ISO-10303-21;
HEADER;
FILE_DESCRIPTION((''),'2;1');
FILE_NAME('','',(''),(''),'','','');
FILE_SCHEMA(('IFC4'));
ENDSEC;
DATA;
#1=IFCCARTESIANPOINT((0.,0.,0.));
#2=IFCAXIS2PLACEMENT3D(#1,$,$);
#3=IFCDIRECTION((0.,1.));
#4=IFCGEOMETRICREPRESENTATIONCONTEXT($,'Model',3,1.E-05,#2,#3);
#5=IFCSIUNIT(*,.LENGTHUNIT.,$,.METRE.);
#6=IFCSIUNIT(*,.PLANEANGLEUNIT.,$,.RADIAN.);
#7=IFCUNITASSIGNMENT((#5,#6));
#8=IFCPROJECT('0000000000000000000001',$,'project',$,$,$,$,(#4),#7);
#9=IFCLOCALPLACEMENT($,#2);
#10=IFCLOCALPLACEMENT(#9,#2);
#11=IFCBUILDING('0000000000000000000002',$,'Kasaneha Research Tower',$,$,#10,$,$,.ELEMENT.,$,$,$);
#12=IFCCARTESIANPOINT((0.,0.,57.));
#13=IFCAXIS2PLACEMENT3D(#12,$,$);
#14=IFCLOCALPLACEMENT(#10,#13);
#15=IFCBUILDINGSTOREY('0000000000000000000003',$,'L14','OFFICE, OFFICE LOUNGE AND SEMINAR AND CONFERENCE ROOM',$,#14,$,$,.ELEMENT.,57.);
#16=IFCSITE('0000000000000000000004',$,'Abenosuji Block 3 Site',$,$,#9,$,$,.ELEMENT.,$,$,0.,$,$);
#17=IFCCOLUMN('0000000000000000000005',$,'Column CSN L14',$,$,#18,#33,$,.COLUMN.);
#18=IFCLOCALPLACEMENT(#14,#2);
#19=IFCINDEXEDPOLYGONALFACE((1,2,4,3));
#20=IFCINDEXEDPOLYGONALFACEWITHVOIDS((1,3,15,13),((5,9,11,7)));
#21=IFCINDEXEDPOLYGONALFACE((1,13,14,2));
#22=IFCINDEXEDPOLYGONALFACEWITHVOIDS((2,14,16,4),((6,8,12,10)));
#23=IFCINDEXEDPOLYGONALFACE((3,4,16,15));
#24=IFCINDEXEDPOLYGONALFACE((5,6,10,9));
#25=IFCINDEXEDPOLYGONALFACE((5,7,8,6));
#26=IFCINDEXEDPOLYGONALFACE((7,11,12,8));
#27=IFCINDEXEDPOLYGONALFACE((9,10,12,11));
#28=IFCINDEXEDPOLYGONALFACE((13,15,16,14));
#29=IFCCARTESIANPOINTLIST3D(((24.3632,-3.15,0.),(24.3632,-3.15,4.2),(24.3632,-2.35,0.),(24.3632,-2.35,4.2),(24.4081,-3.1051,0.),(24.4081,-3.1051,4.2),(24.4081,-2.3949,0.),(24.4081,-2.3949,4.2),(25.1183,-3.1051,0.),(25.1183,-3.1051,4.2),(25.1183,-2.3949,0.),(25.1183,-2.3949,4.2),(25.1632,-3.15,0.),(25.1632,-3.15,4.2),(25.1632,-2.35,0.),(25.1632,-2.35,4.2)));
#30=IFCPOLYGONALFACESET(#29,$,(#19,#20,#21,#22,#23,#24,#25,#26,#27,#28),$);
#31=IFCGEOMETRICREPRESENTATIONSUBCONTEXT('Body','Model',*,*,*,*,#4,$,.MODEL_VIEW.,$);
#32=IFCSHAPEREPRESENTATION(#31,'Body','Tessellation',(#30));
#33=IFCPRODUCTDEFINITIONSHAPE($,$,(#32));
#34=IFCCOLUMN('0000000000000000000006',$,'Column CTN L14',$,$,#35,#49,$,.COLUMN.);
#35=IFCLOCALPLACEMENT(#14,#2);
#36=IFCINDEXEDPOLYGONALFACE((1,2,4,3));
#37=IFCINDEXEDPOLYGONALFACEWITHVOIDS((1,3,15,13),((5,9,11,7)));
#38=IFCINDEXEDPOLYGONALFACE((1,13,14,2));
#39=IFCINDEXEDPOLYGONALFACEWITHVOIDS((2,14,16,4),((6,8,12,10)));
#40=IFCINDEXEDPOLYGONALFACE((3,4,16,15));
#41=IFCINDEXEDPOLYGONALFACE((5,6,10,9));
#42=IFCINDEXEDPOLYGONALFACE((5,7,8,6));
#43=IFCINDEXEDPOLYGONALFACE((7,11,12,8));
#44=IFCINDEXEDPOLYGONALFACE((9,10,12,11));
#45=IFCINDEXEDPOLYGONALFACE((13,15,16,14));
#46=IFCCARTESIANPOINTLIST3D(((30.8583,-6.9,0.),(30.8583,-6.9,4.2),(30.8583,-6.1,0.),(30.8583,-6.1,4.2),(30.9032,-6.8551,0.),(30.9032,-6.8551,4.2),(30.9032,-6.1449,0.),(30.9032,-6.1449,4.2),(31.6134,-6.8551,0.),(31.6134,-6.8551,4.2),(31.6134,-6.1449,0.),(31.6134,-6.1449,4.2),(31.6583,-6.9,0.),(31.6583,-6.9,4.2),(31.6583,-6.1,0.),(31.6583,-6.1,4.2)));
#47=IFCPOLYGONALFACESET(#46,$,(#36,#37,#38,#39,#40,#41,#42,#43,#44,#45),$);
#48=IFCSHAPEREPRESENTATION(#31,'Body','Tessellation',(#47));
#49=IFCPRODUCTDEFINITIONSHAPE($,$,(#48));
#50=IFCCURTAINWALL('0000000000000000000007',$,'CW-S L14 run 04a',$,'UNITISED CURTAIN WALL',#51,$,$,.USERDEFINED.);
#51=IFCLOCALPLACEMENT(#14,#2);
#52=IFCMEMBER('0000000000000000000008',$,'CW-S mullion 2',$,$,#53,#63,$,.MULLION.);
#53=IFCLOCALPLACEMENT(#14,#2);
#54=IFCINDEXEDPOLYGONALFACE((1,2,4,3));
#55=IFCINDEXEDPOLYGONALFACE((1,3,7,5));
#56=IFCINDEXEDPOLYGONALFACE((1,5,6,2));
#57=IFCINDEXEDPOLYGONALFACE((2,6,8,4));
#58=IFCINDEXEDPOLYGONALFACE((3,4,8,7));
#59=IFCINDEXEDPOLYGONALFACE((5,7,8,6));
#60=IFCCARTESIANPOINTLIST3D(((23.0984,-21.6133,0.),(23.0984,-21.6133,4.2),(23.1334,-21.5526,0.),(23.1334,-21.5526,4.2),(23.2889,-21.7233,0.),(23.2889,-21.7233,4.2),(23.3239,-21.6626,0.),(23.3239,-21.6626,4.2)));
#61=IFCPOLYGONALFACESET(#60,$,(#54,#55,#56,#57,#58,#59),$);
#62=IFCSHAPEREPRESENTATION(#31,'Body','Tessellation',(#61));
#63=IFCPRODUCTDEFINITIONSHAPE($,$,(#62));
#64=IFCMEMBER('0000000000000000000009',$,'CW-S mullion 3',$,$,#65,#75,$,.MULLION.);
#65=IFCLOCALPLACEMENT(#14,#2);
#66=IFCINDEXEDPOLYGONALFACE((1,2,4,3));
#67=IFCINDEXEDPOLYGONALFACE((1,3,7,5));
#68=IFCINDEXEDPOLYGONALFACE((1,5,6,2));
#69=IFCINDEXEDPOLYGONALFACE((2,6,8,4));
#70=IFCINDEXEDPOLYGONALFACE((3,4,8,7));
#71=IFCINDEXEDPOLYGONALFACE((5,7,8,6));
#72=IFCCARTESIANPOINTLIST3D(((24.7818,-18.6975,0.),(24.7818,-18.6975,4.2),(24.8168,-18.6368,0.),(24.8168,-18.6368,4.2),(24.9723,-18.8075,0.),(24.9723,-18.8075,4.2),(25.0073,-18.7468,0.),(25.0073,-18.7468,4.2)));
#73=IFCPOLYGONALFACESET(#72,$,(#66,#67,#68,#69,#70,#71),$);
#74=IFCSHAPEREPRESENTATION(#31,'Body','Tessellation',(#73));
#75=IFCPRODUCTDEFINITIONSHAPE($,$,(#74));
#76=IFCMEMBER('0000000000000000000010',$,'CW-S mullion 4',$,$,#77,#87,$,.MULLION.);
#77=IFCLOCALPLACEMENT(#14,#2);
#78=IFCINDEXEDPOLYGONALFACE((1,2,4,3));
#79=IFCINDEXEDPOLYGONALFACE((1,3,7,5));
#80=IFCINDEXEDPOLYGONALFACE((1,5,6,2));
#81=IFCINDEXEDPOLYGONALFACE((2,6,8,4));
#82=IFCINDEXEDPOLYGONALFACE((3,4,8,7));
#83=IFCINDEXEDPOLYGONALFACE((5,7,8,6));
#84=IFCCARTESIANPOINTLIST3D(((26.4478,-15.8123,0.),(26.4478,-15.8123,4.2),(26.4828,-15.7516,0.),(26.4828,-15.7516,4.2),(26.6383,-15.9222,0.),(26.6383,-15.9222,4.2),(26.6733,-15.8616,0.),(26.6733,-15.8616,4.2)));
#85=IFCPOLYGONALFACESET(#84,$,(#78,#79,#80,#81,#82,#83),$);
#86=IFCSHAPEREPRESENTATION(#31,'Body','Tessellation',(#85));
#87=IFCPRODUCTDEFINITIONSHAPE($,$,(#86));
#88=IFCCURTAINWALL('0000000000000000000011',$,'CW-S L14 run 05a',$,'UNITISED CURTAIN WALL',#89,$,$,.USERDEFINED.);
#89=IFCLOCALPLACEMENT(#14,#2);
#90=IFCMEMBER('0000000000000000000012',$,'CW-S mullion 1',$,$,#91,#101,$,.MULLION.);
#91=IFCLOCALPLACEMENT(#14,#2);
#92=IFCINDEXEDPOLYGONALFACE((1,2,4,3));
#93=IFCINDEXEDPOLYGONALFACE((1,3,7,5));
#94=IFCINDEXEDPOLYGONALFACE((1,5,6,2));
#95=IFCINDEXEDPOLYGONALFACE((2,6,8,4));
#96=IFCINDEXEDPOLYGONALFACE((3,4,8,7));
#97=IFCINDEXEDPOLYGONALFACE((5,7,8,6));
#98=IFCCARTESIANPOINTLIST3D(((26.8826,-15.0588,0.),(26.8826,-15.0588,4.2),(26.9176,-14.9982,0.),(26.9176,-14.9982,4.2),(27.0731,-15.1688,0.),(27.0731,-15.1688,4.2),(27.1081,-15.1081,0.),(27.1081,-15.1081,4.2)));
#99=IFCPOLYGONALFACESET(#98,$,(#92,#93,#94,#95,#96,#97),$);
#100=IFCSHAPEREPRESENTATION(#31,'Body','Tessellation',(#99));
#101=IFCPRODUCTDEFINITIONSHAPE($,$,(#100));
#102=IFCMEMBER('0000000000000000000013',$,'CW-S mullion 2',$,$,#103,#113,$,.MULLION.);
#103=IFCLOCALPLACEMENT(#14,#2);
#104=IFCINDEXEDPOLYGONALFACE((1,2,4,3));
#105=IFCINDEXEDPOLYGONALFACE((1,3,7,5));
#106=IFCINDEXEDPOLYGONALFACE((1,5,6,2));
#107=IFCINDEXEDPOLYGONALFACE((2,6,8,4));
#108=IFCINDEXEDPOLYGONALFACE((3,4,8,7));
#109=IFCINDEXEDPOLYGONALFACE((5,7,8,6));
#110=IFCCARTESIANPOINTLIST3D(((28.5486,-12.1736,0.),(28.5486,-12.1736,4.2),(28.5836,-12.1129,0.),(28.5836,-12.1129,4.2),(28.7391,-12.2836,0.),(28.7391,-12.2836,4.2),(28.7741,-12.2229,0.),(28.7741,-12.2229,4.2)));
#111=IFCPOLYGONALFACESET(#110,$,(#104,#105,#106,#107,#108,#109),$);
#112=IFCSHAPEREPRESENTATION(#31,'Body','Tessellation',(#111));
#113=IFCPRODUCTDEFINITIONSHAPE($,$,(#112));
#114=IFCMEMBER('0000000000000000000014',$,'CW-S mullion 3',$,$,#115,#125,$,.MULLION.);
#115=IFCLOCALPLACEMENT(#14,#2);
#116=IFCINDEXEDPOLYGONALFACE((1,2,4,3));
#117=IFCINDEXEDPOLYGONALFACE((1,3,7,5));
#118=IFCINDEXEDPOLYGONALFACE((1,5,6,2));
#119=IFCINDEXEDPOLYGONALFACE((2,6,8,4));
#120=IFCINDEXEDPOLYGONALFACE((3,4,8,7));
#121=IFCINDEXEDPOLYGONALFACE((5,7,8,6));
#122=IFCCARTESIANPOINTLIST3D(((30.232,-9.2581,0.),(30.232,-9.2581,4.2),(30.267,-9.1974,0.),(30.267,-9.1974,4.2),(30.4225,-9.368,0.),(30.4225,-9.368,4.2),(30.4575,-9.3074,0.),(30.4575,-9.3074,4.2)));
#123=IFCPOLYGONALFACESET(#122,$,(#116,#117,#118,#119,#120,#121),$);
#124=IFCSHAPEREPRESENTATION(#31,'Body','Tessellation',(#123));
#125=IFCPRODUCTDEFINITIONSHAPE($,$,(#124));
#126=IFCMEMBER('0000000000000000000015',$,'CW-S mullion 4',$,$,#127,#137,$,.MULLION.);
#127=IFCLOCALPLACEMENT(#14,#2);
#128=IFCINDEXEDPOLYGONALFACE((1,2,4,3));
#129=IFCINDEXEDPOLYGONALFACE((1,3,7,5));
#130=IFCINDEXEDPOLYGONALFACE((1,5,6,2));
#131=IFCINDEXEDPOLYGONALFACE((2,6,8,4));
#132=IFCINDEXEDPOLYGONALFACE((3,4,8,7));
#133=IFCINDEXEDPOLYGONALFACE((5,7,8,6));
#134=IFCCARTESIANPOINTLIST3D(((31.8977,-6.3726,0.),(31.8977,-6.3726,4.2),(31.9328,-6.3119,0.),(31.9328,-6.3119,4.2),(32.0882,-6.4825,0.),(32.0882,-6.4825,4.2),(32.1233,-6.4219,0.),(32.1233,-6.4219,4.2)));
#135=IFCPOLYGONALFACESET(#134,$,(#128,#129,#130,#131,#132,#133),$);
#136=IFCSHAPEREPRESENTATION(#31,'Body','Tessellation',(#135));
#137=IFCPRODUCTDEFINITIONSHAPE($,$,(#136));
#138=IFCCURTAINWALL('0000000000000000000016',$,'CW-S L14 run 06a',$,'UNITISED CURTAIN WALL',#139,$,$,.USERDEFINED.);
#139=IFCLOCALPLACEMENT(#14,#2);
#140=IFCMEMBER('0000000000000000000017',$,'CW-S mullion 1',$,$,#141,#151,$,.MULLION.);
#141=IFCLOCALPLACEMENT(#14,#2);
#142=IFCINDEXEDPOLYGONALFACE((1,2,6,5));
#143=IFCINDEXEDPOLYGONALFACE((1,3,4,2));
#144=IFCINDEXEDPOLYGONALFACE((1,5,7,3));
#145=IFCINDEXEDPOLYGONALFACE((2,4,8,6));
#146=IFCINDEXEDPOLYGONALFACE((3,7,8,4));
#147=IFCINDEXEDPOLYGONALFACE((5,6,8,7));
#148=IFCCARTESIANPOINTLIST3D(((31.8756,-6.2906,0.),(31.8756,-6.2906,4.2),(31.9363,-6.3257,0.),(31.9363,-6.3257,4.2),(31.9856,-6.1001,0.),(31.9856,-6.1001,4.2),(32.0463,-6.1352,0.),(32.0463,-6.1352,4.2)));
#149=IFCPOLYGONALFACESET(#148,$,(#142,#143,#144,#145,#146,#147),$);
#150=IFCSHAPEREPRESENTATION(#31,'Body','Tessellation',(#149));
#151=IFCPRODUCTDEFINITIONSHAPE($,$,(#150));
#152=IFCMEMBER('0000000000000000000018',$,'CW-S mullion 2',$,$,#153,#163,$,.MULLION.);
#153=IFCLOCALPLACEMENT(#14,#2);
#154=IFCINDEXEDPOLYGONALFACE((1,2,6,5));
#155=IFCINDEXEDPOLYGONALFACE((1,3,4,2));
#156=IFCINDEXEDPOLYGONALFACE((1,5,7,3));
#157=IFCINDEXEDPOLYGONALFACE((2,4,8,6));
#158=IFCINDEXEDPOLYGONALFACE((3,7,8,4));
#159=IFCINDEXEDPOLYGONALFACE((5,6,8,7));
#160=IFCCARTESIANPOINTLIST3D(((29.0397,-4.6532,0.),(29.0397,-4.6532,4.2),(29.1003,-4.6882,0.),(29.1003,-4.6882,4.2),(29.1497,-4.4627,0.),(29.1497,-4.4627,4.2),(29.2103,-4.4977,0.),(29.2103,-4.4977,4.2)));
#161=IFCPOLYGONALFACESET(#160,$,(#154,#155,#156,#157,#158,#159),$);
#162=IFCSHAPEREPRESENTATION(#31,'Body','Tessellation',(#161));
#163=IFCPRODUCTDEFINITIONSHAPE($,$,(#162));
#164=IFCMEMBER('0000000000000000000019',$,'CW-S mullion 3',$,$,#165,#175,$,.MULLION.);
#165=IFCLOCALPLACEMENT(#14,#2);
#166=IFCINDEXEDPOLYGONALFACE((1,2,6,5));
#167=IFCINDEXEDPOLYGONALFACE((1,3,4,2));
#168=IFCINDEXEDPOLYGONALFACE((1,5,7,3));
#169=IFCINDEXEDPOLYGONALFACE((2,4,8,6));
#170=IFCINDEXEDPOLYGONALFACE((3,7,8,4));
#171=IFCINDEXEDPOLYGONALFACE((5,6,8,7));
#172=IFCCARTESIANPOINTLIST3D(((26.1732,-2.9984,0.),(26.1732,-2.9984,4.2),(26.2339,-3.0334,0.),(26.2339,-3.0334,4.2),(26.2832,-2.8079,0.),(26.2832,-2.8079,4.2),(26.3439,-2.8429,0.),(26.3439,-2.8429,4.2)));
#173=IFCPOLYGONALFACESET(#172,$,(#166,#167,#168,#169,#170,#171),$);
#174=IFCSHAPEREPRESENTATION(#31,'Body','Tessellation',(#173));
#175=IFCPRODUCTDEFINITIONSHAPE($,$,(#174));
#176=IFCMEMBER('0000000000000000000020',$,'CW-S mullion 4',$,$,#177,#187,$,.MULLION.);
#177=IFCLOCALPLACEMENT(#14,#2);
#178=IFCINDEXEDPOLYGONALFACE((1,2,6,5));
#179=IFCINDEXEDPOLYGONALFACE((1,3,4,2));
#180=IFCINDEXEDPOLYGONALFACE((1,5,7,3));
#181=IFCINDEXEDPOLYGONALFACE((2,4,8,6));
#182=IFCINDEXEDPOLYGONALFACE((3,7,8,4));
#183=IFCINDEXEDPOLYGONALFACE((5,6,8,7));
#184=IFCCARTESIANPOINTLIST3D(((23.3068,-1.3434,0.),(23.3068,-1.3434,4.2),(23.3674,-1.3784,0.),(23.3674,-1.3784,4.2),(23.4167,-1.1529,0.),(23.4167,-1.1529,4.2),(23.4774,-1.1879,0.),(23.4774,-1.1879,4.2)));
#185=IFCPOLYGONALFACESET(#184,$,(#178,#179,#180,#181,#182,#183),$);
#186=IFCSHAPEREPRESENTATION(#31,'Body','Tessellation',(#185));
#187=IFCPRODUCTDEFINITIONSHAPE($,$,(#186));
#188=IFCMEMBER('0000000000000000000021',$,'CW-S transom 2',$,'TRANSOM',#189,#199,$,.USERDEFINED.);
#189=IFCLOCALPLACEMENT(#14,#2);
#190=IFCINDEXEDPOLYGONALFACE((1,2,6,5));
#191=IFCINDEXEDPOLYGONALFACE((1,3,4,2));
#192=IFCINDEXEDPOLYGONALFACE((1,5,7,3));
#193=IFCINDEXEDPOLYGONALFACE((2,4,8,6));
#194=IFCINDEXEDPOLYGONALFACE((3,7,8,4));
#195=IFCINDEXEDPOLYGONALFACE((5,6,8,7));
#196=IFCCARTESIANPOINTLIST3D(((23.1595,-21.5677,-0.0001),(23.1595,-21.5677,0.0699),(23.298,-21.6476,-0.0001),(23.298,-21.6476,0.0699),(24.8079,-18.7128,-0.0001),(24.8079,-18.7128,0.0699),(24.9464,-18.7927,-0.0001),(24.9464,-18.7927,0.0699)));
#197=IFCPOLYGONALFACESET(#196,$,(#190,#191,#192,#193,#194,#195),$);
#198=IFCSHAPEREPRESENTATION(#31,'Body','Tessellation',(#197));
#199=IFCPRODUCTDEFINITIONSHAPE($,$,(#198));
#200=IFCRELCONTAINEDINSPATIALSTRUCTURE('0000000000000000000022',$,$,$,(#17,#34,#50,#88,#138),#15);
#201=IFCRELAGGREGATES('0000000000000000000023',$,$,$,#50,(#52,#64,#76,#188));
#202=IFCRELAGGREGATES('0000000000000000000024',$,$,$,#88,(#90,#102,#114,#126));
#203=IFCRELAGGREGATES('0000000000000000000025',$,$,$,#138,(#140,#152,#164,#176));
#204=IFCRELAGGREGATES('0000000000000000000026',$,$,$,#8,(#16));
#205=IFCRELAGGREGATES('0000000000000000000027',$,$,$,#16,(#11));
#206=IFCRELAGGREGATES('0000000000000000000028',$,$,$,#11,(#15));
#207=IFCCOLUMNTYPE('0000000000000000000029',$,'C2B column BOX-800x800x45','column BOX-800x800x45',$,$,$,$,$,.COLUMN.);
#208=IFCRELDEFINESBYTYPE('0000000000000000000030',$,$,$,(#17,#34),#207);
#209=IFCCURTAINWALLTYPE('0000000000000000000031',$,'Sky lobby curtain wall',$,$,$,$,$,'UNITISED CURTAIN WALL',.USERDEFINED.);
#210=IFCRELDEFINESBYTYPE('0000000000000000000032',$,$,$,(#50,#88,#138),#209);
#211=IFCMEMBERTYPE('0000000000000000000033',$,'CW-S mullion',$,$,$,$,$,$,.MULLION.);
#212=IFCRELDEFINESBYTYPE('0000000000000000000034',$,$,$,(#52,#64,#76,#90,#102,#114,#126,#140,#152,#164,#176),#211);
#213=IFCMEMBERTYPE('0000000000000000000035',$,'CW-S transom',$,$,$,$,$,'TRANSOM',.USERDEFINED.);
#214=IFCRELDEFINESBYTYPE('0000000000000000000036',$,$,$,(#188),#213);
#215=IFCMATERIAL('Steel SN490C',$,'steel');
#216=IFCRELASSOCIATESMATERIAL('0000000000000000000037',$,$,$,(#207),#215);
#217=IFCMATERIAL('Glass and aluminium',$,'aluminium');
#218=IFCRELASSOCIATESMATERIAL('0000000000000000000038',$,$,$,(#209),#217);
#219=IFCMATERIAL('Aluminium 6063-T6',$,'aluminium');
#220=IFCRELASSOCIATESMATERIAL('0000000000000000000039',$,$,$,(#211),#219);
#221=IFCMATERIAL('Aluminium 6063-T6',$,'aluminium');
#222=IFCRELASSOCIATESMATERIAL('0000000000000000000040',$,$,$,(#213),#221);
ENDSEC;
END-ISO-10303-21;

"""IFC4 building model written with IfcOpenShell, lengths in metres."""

from ifc_helpers import new_model, si_unit, direction, frame, origin, origin_2d, place, context, subcontext, project, spatial, rectangle, hollow_rectangle, extrude, material, material_profile, profile_set, type_object, element, aggregate, save


model = new_model("IFC4")

# Units and contexts
model_context = context("Model", 3, precision=1e-05, world=origin(), true_north=direction((0.0, 1.0)))
body_context = subcontext(model_context, "Body", "Model", "MODEL_VIEW")
ifc_project = project(units=[si_unit("LENGTHUNIT", "METRE"), si_unit("PLANEANGLEUNIT", "RADIAN")], contexts=[model_context])

# Site, building, storey
site_placement = place(None, origin())
site = spatial("IfcSite", under=ifc_project, at=site_placement, Name="Abenosuji Block 3 Site", CompositionType="ELEMENT", RefElevation=0.0)
building_placement = place(site_placement, origin())
building = spatial("IfcBuilding", under=site, at=building_placement, Name="Kasaneha Research Tower", CompositionType="ELEMENT")
storey_placement = place(building_placement, frame((0.0, 0.0, 57.0)))
storey = spatial("IfcBuildingStorey", under=building, at=storey_placement, Name="L14", Description="OFFICE, OFFICE LOUNGE AND SEMINAR AND CONFERENCE ROOM", CompositionType="ELEMENT", Elevation=57.0)

# Columns
ifc_material_1 = material(Name="Steel SN490C", Category="steel")
ifc_material_profile_1 = material_profile(ifc_material_1, hollow_rectangle(XDim=0.8, YDim=0.8, WallThickness=0.0449, at=origin_2d()), Name="BOX-800x800x45")
ifc_profile_set_1 = profile_set([ifc_material_profile_1], Name="Steel SN490C")
column_type = type_object("IfcColumnType", Name="C2B column BOX-800x800x45", Description="column BOX-800x800x45", PredefinedType="COLUMN", material=ifc_profile_set_1)
for number, where, z_axis, x_axis, name in (
    (1, (24.7632, -2.75, 0.0), (0.0, 0.0, 1.0), (1.0, 0.0, 0.0), "Column CSN L14"),
    (2, (31.2583, -6.5, 0.0), (0.0, 0.0, 1.0), (1.0, 0.0, 0.0), "Column CTN L14"),
):
    element("IfcColumn", number, at=place(storey_placement, frame(where, z_axis=z_axis, x_axis=x_axis)), inside=storey, type_object=column_type, Name=name, PredefinedType="COLUMN", context=body_context, shape_type="SweptSolid", body=[
        extrude(hollow_rectangle(XDim=0.8, YDim=0.8, WallThickness=0.0449, at=origin_2d()), origin(), (0.0, 0.0, 1.0), 4.2),
    ])

# Curtain walls, members
ifc_material_2 = material(Name="Glass and aluminium", Category="aluminium")
curtain_wall_type = type_object("IfcCurtainWallType", Name="Sky lobby curtain wall", ElementType="UNITISED CURTAIN WALL", PredefinedType="USERDEFINED", material=ifc_material_2)
curtain_wall_1_placement = place(storey_placement, origin())
curtain_wall_1 = element("IfcCurtainWall", 3, at=curtain_wall_1_placement, inside=storey, type_object=curtain_wall_type, Name="CW-S L14 run 04a", ObjectType="UNITISED CURTAIN WALL", PredefinedType="USERDEFINED")
ifc_material_3 = material(Name="Aluminium 6063-T6", Category="aluminium")
ifc_material_profile_2 = material_profile(ifc_material_3, rectangle(XDim=0.0701, YDim=0.22, at=origin_2d()), Name="CW-S mullion 70x220")
ifc_profile_set_2 = profile_set([ifc_material_profile_2], Name="Aluminium 6063-T6")
member_type_1 = type_object("IfcMemberType", Name="CW-S mullion", PredefinedType="MULLION", material=ifc_profile_set_2)
member_1_placement = place(storey_placement, frame((23.2112, -21.6379, 0.0), z_axis=(0.0, 0.0, 1.0), x_axis=(0.5, 0.866025, 0.0)))
member_1 = element("IfcMember", 4, at=member_1_placement, type_object=member_type_1, Name="CW-S mullion 2", PredefinedType="MULLION", context=body_context, shape_type="SweptSolid", body=[
    extrude(rectangle(XDim=0.0701, YDim=0.22, at=origin_2d()), origin(), (0.0, 0.0, 1.0), 4.2),
])
member_2_placement = place(storey_placement, frame((24.8945, -18.7222, 0.0), z_axis=(0.0, 0.0, 1.0), x_axis=(0.5, 0.866025, 0.0)))
member_2 = element("IfcMember", 5, at=member_2_placement, type_object=member_type_1, Name="CW-S mullion 3", PredefinedType="MULLION", context=body_context, shape_type="SweptSolid", body=[
    extrude(rectangle(XDim=0.0701, YDim=0.22, at=origin_2d()), origin(), (0.0, 0.0, 1.0), 4.2),
])
member_3_placement = place(storey_placement, frame((26.5605, -15.8369, 0.0), z_axis=(0.0, 0.0, 1.0), x_axis=(0.5, 0.866025, 0.0)))
member_3 = element("IfcMember", 6, at=member_3_placement, type_object=member_type_1, Name="CW-S mullion 4", PredefinedType="MULLION", context=body_context, shape_type="SweptSolid", body=[
    extrude(rectangle(XDim=0.0701, YDim=0.22, at=origin_2d()), origin(), (0.0, 0.0, 1.0), 4.2),
])
curtain_wall_2_placement = place(storey_placement, origin())
curtain_wall_2 = element("IfcCurtainWall", 7, at=curtain_wall_2_placement, inside=storey, type_object=curtain_wall_type, Name="CW-S L14 run 05a", ObjectType="UNITISED CURTAIN WALL", PredefinedType="USERDEFINED")
member_4_placement = place(storey_placement, frame((26.9954, -15.0835, 0.0), z_axis=(0.0, 0.0, 1.0), x_axis=(0.5, 0.866025, 0.0)))
member_4 = element("IfcMember", 8, at=member_4_placement, type_object=member_type_1, Name="CW-S mullion 1", PredefinedType="MULLION", context=body_context, shape_type="SweptSolid", body=[
    extrude(rectangle(XDim=0.0701, YDim=0.22, at=origin_2d()), origin(), (0.0, 0.0, 1.0), 4.2),
])
member_5_placement = place(storey_placement, frame((28.6614, -12.1982, 0.0), z_axis=(0.0, 0.0, 1.0), x_axis=(0.5, 0.866025, 0.0)))
member_5 = element("IfcMember", 9, at=member_5_placement, type_object=member_type_1, Name="CW-S mullion 2", PredefinedType="MULLION", context=body_context, shape_type="SweptSolid", body=[
    extrude(rectangle(XDim=0.0701, YDim=0.22, at=origin_2d()), origin(), (0.0, 0.0, 1.0), 4.2),
])
member_6_placement = place(storey_placement, frame((30.3447, -9.2827, 0.0), z_axis=(0.0, 0.0, 1.0), x_axis=(0.5, 0.866025, 0.0)))
member_6 = element("IfcMember", 10, at=member_6_placement, type_object=member_type_1, Name="CW-S mullion 3", PredefinedType="MULLION", context=body_context, shape_type="SweptSolid", body=[
    extrude(rectangle(XDim=0.0701, YDim=0.22, at=origin_2d()), origin(), (0.0, 0.0, 1.0), 4.2),
])
member_7_placement = place(storey_placement, frame((32.0105, -6.3972, 0.0), z_axis=(0.0, 0.0, 1.0), x_axis=(0.5, 0.866025, 0.0)))
member_7 = element("IfcMember", 11, at=member_7_placement, type_object=member_type_1, Name="CW-S mullion 4", PredefinedType="MULLION", context=body_context, shape_type="SweptSolid", body=[
    extrude(rectangle(XDim=0.0701, YDim=0.22, at=origin_2d()), origin(), (0.0, 0.0, 1.0), 4.2),
])
curtain_wall_3_placement = place(storey_placement, origin())
curtain_wall_3 = element("IfcCurtainWall", 12, at=curtain_wall_3_placement, inside=storey, type_object=curtain_wall_type, Name="CW-S L14 run 06a", ObjectType="UNITISED CURTAIN WALL", PredefinedType="USERDEFINED")
member_8_placement = place(storey_placement, frame((31.9609, -6.2129, 0.0), z_axis=(0.0, 0.0, 1.0), x_axis=(-0.866025, 0.5, 0.0)))
member_8 = element("IfcMember", 13, at=member_8_placement, type_object=member_type_1, Name="CW-S mullion 1", PredefinedType="MULLION", context=body_context, shape_type="SweptSolid", body=[
    extrude(rectangle(XDim=0.0701, YDim=0.22, at=origin_2d()), origin(), (0.0, 0.0, 1.0), 4.2),
])
member_9_placement = place(storey_placement, frame((29.125, -4.5754, 0.0), z_axis=(0.0, 0.0, 1.0), x_axis=(-0.866025, 0.5, 0.0)))
member_9 = element("IfcMember", 14, at=member_9_placement, type_object=member_type_1, Name="CW-S mullion 2", PredefinedType="MULLION", context=body_context, shape_type="SweptSolid", body=[
    extrude(rectangle(XDim=0.0701, YDim=0.22, at=origin_2d()), origin(), (0.0, 0.0, 1.0), 4.2),
])
member_10_placement = place(storey_placement, frame((26.2585, -2.9207, 0.0), z_axis=(0.0, 0.0, 1.0), x_axis=(-0.866025, 0.5, 0.0)))
member_10 = element("IfcMember", 15, at=member_10_placement, type_object=member_type_1, Name="CW-S mullion 3", PredefinedType="MULLION", context=body_context, shape_type="SweptSolid", body=[
    extrude(rectangle(XDim=0.0701, YDim=0.22, at=origin_2d()), origin(), (0.0, 0.0, 1.0), 4.2),
])
member_11_placement = place(storey_placement, frame((23.3921, -1.2656, 0.0), z_axis=(0.0, 0.0, 1.0), x_axis=(-0.866025, 0.5, 0.0)))
member_11 = element("IfcMember", 16, at=member_11_placement, type_object=member_type_1, Name="CW-S mullion 4", PredefinedType="MULLION", context=body_context, shape_type="SweptSolid", body=[
    extrude(rectangle(XDim=0.0701, YDim=0.22, at=origin_2d()), origin(), (0.0, 0.0, 1.0), 4.2),
])

# Member
ifc_material_4 = material(Name="Aluminium 6063-T6", Category="aluminium")
ifc_material_profile_3 = material_profile(ifc_material_4, rectangle(XDim=0.1599, YDim=0.0701, at=origin_2d()), Name="CW-S transom 160x70")
ifc_profile_set_3 = profile_set([ifc_material_profile_3], Name="Aluminium 6063-T6")
member_type_2 = type_object("IfcMemberType", Name="CW-S transom", ElementType="TRANSOM", PredefinedType="USERDEFINED", material=ifc_profile_set_3)
member_12_placement = place(storey_placement, frame((23.2288, -21.6077, 0.0349), z_axis=(0.500026, 0.86601, 0.0), x_axis=(-0.86601, 0.500026, 0.0)))
member_12 = element("IfcMember", 17, at=member_12_placement, type_object=member_type_2, Name="CW-S transom 2", ObjectType="TRANSOM", PredefinedType="USERDEFINED", context=body_context, shape_type="SweptSolid", body=[
    extrude(rectangle(XDim=0.1599, YDim=0.0701, at=origin_2d()), origin(), (0.0, 0.0, 1.0), 3.2966),
])

aggregate(curtain_wall_1, [member_1, member_2, member_3, member_12])
aggregate(curtain_wall_2, [member_4, member_5, member_6, member_7])
aggregate(curtain_wall_3, [member_8, member_9, member_10, member_11])

save(model, "model.ifc")
